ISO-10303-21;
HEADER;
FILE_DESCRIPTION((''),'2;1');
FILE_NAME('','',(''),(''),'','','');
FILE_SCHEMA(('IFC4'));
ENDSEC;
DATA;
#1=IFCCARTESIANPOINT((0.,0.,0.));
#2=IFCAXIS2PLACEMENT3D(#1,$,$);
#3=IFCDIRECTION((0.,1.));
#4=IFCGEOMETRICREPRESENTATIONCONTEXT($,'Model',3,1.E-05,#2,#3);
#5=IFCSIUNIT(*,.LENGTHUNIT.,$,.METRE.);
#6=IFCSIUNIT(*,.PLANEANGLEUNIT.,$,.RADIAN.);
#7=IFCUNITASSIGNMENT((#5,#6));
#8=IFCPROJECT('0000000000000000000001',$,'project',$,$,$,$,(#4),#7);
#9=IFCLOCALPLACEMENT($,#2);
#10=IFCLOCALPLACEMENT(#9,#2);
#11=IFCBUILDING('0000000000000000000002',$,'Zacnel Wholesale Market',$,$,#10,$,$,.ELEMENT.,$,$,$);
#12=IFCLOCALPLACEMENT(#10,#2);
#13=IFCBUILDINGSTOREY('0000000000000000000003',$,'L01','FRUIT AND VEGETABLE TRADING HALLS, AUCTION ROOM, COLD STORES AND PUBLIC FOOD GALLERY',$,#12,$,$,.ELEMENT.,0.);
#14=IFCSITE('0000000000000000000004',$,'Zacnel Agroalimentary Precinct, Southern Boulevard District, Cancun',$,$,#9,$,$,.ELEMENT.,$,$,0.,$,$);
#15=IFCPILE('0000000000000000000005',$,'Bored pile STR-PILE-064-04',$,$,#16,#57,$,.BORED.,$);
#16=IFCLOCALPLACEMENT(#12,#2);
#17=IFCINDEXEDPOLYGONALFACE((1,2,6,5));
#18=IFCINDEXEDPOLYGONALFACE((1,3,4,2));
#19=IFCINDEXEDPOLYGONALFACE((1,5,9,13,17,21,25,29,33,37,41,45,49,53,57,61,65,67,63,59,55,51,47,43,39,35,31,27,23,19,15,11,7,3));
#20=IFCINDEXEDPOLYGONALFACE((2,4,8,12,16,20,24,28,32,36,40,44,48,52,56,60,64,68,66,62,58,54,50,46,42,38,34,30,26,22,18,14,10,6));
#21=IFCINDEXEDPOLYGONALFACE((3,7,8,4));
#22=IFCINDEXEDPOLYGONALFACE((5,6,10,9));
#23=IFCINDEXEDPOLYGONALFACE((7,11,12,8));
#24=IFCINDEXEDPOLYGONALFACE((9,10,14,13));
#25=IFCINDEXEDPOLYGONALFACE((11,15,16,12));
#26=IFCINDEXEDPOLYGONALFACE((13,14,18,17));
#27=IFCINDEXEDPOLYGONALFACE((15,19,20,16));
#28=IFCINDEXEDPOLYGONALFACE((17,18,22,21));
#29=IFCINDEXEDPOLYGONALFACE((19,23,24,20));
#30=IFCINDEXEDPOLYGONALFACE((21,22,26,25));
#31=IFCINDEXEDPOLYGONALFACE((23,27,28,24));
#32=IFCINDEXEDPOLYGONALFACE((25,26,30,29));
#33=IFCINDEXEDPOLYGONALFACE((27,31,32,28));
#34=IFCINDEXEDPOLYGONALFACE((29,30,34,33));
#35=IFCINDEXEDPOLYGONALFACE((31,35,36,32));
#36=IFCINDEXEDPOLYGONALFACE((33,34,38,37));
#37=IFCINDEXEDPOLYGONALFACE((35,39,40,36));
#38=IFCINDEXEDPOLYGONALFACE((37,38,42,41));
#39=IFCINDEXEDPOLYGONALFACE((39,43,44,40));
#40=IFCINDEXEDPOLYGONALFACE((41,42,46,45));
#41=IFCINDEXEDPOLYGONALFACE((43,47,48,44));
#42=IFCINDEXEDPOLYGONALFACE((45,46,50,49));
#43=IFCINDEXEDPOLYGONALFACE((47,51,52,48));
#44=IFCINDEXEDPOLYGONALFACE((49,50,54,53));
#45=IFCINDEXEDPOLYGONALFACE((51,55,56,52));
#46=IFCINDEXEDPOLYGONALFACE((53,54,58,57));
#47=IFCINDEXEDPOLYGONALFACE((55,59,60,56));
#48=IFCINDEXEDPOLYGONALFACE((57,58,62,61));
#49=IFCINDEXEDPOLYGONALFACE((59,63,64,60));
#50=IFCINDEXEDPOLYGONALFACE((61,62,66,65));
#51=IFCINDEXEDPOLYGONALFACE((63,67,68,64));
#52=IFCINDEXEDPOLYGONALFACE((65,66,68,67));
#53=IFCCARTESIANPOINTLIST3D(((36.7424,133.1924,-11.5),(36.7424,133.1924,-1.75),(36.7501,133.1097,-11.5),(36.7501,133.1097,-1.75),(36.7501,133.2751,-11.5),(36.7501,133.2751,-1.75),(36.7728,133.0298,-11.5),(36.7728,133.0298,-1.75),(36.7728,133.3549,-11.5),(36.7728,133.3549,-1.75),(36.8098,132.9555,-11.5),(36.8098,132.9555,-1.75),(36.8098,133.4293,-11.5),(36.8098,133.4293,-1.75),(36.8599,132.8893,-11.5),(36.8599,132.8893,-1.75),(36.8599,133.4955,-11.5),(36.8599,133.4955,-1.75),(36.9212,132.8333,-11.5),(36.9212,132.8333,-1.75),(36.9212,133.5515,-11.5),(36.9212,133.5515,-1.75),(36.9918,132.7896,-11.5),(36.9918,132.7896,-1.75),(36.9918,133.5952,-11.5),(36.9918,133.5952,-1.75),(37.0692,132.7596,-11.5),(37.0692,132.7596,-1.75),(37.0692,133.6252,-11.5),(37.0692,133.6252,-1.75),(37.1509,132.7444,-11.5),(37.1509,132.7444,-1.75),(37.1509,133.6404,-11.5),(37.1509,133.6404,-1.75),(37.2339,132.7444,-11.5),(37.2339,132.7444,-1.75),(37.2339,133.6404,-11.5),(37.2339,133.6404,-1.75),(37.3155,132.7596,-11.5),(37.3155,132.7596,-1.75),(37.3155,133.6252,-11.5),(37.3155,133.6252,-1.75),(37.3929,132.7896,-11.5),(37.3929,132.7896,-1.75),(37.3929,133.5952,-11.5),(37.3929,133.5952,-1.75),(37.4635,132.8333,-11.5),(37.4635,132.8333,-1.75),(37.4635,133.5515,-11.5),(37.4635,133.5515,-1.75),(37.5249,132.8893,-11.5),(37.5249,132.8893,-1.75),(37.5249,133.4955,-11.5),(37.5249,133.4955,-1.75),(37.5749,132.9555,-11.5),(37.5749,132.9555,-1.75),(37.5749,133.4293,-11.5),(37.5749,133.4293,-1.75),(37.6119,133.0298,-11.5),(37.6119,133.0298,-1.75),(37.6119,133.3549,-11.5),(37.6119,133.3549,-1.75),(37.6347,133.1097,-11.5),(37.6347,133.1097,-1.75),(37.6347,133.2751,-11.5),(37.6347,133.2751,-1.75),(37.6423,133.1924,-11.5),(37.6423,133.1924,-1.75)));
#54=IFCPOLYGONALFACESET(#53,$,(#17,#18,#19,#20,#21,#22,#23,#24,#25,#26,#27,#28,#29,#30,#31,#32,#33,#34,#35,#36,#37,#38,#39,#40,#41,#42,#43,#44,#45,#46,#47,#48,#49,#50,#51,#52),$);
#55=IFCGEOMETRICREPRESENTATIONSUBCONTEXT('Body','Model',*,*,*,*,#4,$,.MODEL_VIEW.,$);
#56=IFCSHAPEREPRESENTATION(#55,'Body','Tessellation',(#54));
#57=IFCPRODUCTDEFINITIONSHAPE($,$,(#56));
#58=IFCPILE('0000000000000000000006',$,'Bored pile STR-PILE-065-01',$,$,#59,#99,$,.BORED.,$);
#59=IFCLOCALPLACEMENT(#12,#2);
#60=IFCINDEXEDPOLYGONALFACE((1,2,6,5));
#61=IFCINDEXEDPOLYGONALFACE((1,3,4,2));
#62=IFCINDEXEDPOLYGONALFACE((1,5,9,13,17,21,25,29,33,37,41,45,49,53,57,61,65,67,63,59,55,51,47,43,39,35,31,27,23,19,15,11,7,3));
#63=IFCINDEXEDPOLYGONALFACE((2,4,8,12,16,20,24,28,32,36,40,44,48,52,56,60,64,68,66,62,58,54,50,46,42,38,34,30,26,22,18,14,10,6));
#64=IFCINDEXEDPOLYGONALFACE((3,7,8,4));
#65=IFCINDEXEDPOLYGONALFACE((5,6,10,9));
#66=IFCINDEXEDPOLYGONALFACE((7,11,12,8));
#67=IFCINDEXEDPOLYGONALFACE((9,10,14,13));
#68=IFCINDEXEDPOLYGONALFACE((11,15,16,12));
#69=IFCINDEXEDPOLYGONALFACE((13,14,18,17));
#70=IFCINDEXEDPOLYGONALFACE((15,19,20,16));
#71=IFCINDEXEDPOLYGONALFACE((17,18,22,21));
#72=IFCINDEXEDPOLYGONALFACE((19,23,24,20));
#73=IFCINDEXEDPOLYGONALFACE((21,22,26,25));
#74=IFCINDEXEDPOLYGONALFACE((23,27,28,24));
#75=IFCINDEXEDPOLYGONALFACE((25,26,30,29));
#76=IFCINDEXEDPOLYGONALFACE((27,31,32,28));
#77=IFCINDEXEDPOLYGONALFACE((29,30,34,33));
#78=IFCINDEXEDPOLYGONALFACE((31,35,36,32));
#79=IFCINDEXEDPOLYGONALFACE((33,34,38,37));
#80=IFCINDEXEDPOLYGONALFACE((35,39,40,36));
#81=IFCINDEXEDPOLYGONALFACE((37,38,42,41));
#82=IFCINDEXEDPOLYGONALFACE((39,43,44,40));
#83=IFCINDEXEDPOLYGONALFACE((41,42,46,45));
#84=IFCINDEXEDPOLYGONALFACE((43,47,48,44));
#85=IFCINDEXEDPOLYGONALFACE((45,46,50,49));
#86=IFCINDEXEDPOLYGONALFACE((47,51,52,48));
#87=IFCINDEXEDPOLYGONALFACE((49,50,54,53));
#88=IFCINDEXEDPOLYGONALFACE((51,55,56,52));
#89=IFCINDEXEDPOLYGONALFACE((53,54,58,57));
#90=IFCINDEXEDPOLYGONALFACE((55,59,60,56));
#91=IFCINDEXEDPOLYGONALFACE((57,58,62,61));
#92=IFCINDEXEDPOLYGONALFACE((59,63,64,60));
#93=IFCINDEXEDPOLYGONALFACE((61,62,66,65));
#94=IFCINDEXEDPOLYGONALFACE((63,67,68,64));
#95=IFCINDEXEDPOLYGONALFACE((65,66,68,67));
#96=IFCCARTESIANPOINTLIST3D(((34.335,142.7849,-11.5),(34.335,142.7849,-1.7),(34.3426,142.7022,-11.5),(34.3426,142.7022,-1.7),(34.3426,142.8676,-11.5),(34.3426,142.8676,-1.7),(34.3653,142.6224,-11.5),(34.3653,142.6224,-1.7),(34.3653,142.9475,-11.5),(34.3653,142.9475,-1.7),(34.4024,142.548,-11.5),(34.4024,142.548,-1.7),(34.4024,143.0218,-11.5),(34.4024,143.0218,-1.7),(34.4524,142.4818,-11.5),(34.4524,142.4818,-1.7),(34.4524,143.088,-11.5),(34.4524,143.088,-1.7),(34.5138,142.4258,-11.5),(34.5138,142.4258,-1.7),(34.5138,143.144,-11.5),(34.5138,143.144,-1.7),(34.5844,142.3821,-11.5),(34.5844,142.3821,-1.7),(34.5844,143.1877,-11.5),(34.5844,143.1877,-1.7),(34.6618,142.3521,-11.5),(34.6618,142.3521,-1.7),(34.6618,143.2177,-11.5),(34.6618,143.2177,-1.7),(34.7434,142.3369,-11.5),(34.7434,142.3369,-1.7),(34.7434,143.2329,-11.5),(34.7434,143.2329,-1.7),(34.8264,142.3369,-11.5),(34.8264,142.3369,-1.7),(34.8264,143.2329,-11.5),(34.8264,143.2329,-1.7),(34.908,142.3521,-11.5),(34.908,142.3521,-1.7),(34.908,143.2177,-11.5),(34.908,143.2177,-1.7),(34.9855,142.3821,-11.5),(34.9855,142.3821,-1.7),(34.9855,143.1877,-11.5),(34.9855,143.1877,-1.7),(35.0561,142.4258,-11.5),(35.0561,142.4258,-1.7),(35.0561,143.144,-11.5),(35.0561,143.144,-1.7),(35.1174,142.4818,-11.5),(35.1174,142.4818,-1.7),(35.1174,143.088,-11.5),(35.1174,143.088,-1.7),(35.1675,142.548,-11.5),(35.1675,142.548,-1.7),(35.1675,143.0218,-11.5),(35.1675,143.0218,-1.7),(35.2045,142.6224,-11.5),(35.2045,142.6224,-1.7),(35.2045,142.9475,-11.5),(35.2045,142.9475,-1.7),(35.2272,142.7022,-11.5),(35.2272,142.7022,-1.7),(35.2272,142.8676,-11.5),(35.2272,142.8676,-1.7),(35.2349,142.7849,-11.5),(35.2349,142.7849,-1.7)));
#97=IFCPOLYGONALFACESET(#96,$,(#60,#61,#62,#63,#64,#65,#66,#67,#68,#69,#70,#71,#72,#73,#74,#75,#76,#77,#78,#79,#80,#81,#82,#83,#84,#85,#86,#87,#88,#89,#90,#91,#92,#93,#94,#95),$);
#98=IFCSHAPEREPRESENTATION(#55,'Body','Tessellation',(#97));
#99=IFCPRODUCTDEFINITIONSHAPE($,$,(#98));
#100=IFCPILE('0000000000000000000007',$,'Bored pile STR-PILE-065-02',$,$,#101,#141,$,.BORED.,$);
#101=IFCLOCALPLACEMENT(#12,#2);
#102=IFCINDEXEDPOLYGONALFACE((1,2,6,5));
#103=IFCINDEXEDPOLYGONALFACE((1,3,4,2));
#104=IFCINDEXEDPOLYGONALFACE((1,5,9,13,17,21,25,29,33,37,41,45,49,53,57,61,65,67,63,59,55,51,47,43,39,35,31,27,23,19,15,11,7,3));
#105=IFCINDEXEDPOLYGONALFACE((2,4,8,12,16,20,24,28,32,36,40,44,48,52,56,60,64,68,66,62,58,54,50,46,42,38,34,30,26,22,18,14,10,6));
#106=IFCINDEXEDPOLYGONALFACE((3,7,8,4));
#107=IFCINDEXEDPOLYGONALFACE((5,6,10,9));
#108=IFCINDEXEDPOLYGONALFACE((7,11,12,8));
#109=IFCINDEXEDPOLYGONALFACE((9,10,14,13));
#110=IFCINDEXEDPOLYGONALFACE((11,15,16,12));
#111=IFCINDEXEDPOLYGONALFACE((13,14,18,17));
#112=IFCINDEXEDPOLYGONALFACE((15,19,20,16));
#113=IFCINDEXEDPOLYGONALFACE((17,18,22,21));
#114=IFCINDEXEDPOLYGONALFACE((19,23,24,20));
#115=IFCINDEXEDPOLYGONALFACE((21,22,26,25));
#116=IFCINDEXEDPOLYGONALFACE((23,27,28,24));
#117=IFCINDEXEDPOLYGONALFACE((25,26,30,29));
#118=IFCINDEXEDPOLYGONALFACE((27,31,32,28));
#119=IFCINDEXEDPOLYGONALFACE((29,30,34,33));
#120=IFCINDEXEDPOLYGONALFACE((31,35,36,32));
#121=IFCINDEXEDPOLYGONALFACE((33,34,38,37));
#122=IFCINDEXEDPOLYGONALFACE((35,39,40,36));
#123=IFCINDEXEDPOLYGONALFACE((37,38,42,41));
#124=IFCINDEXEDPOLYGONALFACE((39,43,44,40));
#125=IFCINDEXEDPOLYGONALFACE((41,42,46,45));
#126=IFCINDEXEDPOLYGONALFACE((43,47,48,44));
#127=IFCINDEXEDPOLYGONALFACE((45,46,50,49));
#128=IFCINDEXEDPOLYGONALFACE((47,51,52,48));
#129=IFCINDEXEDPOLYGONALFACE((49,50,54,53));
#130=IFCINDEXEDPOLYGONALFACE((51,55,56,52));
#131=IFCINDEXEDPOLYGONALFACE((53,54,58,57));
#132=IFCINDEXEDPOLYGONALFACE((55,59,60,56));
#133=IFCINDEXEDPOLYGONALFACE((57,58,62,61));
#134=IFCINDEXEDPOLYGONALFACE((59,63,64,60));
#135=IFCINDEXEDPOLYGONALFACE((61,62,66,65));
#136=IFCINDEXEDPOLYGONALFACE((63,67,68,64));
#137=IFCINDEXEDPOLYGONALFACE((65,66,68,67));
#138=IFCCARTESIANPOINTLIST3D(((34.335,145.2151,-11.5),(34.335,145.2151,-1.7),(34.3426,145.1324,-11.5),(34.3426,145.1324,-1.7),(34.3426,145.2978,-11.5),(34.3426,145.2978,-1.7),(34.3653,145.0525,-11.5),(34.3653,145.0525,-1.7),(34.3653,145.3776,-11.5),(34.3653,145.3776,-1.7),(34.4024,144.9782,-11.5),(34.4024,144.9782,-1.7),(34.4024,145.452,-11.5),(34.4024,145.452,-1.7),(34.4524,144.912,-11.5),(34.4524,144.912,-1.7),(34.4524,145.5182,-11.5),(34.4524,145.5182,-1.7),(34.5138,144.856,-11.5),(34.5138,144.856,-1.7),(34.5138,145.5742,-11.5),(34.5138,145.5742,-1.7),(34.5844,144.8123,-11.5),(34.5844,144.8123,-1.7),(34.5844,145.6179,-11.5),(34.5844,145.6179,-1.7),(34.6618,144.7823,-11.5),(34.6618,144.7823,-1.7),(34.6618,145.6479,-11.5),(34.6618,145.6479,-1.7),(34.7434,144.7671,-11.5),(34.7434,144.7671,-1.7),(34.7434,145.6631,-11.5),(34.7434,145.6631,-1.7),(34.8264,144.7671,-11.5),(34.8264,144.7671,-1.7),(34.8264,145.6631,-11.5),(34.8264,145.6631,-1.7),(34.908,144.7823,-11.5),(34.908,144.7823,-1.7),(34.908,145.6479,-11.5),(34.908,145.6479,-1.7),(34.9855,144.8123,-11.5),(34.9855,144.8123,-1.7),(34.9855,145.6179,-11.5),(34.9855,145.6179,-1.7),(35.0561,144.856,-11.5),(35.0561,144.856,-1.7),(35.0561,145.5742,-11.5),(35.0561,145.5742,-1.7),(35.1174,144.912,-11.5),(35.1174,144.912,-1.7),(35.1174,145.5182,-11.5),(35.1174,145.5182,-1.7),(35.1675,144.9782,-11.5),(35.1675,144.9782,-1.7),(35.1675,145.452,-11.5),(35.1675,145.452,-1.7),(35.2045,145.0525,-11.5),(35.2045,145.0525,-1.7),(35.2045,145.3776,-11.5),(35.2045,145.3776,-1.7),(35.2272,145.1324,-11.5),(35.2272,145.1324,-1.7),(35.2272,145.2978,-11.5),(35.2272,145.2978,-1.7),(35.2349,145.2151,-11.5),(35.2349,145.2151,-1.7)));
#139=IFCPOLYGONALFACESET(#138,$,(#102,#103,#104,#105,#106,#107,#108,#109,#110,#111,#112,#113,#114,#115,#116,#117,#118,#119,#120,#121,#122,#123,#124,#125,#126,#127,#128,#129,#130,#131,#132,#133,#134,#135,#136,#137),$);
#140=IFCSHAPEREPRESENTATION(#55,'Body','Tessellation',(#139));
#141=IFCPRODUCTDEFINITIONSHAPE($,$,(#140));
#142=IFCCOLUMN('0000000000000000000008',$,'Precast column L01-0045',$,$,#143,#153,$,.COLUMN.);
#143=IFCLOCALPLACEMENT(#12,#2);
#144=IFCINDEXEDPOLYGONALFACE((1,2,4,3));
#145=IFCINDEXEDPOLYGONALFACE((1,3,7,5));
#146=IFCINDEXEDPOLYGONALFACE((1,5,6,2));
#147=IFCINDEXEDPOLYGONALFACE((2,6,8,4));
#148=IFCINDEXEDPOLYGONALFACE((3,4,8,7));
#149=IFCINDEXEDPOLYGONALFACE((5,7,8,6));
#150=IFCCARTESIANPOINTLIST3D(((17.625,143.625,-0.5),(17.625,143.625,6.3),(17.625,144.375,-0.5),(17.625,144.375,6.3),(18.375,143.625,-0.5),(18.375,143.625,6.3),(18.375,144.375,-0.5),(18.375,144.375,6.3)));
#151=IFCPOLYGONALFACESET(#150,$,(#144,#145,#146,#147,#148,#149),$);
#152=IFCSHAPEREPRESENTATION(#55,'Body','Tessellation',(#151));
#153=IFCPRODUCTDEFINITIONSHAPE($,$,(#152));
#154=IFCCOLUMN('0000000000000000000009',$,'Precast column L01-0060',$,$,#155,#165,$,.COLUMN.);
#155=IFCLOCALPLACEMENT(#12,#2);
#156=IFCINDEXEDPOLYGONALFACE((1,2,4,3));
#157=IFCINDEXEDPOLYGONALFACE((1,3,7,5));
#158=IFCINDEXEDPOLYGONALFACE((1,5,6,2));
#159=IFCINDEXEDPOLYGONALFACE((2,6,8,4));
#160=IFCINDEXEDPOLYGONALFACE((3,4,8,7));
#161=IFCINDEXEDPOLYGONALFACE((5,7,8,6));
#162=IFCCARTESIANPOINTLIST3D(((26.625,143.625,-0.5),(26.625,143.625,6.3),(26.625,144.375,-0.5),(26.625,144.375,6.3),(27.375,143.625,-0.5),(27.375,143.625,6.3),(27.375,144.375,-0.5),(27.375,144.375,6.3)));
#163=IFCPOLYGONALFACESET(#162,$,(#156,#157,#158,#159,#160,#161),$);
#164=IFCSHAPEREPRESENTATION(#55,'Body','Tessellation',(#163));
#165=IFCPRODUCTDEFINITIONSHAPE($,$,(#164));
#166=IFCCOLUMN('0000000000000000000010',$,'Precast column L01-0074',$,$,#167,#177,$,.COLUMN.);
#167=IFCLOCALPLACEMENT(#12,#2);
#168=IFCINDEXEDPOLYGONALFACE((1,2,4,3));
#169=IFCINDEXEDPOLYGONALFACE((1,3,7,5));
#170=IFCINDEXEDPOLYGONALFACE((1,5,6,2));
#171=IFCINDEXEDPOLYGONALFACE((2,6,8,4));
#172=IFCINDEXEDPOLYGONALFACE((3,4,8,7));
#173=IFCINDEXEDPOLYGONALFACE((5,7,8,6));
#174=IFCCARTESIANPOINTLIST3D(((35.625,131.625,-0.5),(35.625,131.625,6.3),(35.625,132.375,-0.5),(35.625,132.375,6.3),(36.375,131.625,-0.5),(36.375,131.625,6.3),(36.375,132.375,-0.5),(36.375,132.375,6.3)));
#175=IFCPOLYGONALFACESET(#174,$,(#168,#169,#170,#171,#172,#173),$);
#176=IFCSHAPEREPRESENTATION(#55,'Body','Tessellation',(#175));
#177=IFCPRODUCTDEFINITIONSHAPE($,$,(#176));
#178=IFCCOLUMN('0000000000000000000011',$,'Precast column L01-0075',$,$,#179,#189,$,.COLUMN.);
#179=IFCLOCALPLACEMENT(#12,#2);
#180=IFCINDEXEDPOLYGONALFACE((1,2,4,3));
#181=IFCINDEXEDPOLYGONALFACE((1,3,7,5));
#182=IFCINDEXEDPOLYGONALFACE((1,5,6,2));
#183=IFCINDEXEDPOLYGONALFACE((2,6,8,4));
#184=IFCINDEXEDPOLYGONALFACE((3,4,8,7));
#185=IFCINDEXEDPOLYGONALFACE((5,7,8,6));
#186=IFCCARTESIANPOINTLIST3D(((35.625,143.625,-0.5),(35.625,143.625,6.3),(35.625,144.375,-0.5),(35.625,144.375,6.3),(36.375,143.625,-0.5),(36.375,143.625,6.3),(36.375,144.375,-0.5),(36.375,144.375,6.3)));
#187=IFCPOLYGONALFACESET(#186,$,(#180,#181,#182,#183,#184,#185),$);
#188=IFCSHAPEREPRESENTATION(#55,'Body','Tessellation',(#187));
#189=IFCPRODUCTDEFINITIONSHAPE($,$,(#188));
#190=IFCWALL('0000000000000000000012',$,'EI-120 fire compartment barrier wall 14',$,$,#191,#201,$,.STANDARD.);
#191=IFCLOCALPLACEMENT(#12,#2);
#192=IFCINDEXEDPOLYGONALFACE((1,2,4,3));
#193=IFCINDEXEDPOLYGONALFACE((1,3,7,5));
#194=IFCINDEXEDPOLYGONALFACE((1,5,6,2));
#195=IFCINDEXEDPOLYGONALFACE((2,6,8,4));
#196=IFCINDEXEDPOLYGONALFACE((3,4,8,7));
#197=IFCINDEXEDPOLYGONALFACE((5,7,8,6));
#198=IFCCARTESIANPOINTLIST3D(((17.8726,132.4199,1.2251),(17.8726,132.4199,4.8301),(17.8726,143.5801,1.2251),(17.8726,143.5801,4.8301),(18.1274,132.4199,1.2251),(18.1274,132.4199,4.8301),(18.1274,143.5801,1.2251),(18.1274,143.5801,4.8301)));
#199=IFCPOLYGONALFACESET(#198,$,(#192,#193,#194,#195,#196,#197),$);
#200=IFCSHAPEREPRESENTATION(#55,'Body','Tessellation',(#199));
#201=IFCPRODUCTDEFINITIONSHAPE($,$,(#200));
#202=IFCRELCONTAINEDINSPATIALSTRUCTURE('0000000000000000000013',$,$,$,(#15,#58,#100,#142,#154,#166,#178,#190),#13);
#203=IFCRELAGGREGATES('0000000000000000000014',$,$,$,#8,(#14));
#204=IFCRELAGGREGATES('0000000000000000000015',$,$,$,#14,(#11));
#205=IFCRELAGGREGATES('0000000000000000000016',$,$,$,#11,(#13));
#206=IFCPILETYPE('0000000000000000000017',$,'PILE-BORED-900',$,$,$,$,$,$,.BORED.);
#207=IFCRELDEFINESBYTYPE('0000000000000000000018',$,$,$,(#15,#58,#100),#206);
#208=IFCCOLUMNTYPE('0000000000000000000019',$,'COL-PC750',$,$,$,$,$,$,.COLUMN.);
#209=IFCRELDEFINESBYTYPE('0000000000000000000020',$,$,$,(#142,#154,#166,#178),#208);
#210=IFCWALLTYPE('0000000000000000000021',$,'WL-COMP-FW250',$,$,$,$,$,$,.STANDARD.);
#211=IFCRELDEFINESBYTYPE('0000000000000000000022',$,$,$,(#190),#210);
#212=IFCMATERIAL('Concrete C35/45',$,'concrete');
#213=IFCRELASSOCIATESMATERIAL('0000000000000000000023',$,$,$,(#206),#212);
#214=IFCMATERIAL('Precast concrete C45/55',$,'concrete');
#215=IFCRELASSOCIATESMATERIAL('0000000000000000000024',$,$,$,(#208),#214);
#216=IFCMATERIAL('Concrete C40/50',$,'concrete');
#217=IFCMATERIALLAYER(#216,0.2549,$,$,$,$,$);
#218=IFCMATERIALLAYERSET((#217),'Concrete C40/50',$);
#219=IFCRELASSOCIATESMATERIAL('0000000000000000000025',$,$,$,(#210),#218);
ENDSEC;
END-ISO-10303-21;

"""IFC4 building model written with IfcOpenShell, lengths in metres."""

from ifc_helpers import new_model, si_unit, direction, frame, frame_2d, origin, origin_2d, place, context, subcontext, project, spatial, rectangle, circle, extrude, material, layer, layer_set, material_profile, profile_set, type_object, element, save


model = new_model("IFC4")

# Units and contexts
model_context = context("Model", 3, precision=1e-05, world=origin(), true_north=direction((0.0, 1.0)))
body_context = subcontext(model_context, "Body", "Model", "MODEL_VIEW")
ifc_project = project(units=[si_unit("LENGTHUNIT", "METRE"), si_unit("PLANEANGLEUNIT", "RADIAN")], contexts=[model_context])

# Site, building, storey
site_placement = place(None, origin())
site = spatial("IfcSite", under=ifc_project, at=site_placement, Name="Zacnel Agroalimentary Precinct, Southern Boulevard District, Cancun", CompositionType="ELEMENT", RefElevation=0.0)
building_placement = place(site_placement, origin())
building = spatial("IfcBuilding", under=site, at=building_placement, Name="Zacnel Wholesale Market", CompositionType="ELEMENT")
storey_placement = place(building_placement, origin())
storey = spatial("IfcBuildingStorey", under=building, at=storey_placement, Name="L01", Description="FRUIT AND VEGETABLE TRADING HALLS, AUCTION ROOM, COLD STORES AND PUBLIC FOOD GALLERY", CompositionType="ELEMENT", Elevation=0.0)

# Piles
ifc_material_1 = material(Name="Concrete C35/45", Category="concrete")
ifc_material_profile_1 = material_profile(ifc_material_1, circle(Radius=0.45, at=origin_2d()), Name="BORED PILE D900")
ifc_profile_set_1 = profile_set([ifc_material_profile_1], Name="Concrete C35/45")
pile_type = type_object("IfcPileType", Name="PILE-BORED-900", PredefinedType="BORED", material=ifc_profile_set_1)
for number, where, z_axis, x_axis, name in (
    (1, (37.1924, 133.1924, -1.75), (0.0, 0.0, -1.0), (1.0, 0.0, 0.0), "Bored pile STR-PILE-064-04"),
):
    element("IfcPile", number, at=place(storey_placement, frame(where, z_axis=z_axis, x_axis=x_axis)), inside=storey, type_object=pile_type, Name=name, PredefinedType="BORED", context=body_context, shape_type="SweptSolid", body=[
        extrude(circle(Radius=0.45, at=origin_2d()), origin(), (0.0, 0.0, 1.0), 9.75),
    ])
for number, where, z_axis, x_axis, name in (
    (2, (34.7849, 142.7849, -1.7), (0.0, 0.0, -1.0), (1.0, 0.0, 0.0), "Bored pile STR-PILE-065-01"),
    (3, (34.7849, 145.2151, -1.7), (0.0, 0.0, -1.0), (1.0, 0.0, 0.0), "Bored pile STR-PILE-065-02"),
):
    element("IfcPile", number, at=place(storey_placement, frame(where, z_axis=z_axis, x_axis=x_axis)), inside=storey, type_object=pile_type, Name=name, PredefinedType="BORED", context=body_context, shape_type="SweptSolid", body=[
        extrude(circle(Radius=0.45, at=origin_2d()), origin(), (0.0, 0.0, 1.0), 9.8),
    ])

# Columns
ifc_material_2 = material(Name="Precast concrete C45/55", Category="concrete")
ifc_material_profile_2 = material_profile(ifc_material_2, rectangle(XDim=0.75, YDim=0.75, at=origin_2d()), Name="PC 750x750")
ifc_profile_set_2 = profile_set([ifc_material_profile_2], Name="Precast concrete C45/55")
column_type = type_object("IfcColumnType", Name="COL-PC750", PredefinedType="COLUMN", material=ifc_profile_set_2)
for number, where, z_axis, x_axis, name in (
    (4, (18.0, 144.0, -0.5), (0.0, 0.0, 1.0), (1.0, 0.0, 0.0), "Precast column L01-0045"),
    (5, (27.0, 144.0, -0.5), (0.0, 0.0, 1.0), (1.0, 0.0, 0.0), "Precast column L01-0060"),
    (6, (36.0, 132.0, -0.5), (0.0, 0.0, 1.0), (1.0, 0.0, 0.0), "Precast column L01-0074"),
    (7, (36.0, 144.0, -0.5), (0.0, 0.0, 1.0), (1.0, 0.0, 0.0), "Precast column L01-0075"),
):
    element("IfcColumn", number, at=place(storey_placement, frame(where, z_axis=z_axis, x_axis=x_axis)), inside=storey, type_object=column_type, Name=name, PredefinedType="COLUMN", context=body_context, shape_type="SweptSolid", body=[
        extrude(rectangle(XDim=0.75, YDim=0.75, at=origin_2d()), origin(), (0.0, 0.0, 1.0), 6.8),
    ])

# Wall
ifc_material_3 = material(Name="Concrete C40/50", Category="concrete")
ifc_layer_1 = layer(ifc_material_3, 0.2549)
ifc_layer_set_1 = layer_set([ifc_layer_1], Name="Concrete C40/50")
wall_type_1 = type_object("IfcWallType", Name="WL-COMP-FW250", PredefinedType="STANDARD", material=ifc_layer_set_1)
wall_placement = place(storey_placement, frame((18.0, 132.4199, 1.2251), z_axis=(0.0, 0.0, 1.0), x_axis=(0.0, 1.0, 0.0)))
element("IfcWall", 8, at=wall_placement, inside=storey, type_object=wall_type_1, Name="EI-120 fire compartment barrier wall 14", PredefinedType="STANDARD", context=body_context, shape_type="SweptSolid", body=[
    extrude(rectangle(XDim=11.1602, YDim=0.2549, at=frame_2d((5.5801, 0.0))), origin(), (0.0, 0.0, 1.0), 3.605),
])

save(model, "model.ifc")
